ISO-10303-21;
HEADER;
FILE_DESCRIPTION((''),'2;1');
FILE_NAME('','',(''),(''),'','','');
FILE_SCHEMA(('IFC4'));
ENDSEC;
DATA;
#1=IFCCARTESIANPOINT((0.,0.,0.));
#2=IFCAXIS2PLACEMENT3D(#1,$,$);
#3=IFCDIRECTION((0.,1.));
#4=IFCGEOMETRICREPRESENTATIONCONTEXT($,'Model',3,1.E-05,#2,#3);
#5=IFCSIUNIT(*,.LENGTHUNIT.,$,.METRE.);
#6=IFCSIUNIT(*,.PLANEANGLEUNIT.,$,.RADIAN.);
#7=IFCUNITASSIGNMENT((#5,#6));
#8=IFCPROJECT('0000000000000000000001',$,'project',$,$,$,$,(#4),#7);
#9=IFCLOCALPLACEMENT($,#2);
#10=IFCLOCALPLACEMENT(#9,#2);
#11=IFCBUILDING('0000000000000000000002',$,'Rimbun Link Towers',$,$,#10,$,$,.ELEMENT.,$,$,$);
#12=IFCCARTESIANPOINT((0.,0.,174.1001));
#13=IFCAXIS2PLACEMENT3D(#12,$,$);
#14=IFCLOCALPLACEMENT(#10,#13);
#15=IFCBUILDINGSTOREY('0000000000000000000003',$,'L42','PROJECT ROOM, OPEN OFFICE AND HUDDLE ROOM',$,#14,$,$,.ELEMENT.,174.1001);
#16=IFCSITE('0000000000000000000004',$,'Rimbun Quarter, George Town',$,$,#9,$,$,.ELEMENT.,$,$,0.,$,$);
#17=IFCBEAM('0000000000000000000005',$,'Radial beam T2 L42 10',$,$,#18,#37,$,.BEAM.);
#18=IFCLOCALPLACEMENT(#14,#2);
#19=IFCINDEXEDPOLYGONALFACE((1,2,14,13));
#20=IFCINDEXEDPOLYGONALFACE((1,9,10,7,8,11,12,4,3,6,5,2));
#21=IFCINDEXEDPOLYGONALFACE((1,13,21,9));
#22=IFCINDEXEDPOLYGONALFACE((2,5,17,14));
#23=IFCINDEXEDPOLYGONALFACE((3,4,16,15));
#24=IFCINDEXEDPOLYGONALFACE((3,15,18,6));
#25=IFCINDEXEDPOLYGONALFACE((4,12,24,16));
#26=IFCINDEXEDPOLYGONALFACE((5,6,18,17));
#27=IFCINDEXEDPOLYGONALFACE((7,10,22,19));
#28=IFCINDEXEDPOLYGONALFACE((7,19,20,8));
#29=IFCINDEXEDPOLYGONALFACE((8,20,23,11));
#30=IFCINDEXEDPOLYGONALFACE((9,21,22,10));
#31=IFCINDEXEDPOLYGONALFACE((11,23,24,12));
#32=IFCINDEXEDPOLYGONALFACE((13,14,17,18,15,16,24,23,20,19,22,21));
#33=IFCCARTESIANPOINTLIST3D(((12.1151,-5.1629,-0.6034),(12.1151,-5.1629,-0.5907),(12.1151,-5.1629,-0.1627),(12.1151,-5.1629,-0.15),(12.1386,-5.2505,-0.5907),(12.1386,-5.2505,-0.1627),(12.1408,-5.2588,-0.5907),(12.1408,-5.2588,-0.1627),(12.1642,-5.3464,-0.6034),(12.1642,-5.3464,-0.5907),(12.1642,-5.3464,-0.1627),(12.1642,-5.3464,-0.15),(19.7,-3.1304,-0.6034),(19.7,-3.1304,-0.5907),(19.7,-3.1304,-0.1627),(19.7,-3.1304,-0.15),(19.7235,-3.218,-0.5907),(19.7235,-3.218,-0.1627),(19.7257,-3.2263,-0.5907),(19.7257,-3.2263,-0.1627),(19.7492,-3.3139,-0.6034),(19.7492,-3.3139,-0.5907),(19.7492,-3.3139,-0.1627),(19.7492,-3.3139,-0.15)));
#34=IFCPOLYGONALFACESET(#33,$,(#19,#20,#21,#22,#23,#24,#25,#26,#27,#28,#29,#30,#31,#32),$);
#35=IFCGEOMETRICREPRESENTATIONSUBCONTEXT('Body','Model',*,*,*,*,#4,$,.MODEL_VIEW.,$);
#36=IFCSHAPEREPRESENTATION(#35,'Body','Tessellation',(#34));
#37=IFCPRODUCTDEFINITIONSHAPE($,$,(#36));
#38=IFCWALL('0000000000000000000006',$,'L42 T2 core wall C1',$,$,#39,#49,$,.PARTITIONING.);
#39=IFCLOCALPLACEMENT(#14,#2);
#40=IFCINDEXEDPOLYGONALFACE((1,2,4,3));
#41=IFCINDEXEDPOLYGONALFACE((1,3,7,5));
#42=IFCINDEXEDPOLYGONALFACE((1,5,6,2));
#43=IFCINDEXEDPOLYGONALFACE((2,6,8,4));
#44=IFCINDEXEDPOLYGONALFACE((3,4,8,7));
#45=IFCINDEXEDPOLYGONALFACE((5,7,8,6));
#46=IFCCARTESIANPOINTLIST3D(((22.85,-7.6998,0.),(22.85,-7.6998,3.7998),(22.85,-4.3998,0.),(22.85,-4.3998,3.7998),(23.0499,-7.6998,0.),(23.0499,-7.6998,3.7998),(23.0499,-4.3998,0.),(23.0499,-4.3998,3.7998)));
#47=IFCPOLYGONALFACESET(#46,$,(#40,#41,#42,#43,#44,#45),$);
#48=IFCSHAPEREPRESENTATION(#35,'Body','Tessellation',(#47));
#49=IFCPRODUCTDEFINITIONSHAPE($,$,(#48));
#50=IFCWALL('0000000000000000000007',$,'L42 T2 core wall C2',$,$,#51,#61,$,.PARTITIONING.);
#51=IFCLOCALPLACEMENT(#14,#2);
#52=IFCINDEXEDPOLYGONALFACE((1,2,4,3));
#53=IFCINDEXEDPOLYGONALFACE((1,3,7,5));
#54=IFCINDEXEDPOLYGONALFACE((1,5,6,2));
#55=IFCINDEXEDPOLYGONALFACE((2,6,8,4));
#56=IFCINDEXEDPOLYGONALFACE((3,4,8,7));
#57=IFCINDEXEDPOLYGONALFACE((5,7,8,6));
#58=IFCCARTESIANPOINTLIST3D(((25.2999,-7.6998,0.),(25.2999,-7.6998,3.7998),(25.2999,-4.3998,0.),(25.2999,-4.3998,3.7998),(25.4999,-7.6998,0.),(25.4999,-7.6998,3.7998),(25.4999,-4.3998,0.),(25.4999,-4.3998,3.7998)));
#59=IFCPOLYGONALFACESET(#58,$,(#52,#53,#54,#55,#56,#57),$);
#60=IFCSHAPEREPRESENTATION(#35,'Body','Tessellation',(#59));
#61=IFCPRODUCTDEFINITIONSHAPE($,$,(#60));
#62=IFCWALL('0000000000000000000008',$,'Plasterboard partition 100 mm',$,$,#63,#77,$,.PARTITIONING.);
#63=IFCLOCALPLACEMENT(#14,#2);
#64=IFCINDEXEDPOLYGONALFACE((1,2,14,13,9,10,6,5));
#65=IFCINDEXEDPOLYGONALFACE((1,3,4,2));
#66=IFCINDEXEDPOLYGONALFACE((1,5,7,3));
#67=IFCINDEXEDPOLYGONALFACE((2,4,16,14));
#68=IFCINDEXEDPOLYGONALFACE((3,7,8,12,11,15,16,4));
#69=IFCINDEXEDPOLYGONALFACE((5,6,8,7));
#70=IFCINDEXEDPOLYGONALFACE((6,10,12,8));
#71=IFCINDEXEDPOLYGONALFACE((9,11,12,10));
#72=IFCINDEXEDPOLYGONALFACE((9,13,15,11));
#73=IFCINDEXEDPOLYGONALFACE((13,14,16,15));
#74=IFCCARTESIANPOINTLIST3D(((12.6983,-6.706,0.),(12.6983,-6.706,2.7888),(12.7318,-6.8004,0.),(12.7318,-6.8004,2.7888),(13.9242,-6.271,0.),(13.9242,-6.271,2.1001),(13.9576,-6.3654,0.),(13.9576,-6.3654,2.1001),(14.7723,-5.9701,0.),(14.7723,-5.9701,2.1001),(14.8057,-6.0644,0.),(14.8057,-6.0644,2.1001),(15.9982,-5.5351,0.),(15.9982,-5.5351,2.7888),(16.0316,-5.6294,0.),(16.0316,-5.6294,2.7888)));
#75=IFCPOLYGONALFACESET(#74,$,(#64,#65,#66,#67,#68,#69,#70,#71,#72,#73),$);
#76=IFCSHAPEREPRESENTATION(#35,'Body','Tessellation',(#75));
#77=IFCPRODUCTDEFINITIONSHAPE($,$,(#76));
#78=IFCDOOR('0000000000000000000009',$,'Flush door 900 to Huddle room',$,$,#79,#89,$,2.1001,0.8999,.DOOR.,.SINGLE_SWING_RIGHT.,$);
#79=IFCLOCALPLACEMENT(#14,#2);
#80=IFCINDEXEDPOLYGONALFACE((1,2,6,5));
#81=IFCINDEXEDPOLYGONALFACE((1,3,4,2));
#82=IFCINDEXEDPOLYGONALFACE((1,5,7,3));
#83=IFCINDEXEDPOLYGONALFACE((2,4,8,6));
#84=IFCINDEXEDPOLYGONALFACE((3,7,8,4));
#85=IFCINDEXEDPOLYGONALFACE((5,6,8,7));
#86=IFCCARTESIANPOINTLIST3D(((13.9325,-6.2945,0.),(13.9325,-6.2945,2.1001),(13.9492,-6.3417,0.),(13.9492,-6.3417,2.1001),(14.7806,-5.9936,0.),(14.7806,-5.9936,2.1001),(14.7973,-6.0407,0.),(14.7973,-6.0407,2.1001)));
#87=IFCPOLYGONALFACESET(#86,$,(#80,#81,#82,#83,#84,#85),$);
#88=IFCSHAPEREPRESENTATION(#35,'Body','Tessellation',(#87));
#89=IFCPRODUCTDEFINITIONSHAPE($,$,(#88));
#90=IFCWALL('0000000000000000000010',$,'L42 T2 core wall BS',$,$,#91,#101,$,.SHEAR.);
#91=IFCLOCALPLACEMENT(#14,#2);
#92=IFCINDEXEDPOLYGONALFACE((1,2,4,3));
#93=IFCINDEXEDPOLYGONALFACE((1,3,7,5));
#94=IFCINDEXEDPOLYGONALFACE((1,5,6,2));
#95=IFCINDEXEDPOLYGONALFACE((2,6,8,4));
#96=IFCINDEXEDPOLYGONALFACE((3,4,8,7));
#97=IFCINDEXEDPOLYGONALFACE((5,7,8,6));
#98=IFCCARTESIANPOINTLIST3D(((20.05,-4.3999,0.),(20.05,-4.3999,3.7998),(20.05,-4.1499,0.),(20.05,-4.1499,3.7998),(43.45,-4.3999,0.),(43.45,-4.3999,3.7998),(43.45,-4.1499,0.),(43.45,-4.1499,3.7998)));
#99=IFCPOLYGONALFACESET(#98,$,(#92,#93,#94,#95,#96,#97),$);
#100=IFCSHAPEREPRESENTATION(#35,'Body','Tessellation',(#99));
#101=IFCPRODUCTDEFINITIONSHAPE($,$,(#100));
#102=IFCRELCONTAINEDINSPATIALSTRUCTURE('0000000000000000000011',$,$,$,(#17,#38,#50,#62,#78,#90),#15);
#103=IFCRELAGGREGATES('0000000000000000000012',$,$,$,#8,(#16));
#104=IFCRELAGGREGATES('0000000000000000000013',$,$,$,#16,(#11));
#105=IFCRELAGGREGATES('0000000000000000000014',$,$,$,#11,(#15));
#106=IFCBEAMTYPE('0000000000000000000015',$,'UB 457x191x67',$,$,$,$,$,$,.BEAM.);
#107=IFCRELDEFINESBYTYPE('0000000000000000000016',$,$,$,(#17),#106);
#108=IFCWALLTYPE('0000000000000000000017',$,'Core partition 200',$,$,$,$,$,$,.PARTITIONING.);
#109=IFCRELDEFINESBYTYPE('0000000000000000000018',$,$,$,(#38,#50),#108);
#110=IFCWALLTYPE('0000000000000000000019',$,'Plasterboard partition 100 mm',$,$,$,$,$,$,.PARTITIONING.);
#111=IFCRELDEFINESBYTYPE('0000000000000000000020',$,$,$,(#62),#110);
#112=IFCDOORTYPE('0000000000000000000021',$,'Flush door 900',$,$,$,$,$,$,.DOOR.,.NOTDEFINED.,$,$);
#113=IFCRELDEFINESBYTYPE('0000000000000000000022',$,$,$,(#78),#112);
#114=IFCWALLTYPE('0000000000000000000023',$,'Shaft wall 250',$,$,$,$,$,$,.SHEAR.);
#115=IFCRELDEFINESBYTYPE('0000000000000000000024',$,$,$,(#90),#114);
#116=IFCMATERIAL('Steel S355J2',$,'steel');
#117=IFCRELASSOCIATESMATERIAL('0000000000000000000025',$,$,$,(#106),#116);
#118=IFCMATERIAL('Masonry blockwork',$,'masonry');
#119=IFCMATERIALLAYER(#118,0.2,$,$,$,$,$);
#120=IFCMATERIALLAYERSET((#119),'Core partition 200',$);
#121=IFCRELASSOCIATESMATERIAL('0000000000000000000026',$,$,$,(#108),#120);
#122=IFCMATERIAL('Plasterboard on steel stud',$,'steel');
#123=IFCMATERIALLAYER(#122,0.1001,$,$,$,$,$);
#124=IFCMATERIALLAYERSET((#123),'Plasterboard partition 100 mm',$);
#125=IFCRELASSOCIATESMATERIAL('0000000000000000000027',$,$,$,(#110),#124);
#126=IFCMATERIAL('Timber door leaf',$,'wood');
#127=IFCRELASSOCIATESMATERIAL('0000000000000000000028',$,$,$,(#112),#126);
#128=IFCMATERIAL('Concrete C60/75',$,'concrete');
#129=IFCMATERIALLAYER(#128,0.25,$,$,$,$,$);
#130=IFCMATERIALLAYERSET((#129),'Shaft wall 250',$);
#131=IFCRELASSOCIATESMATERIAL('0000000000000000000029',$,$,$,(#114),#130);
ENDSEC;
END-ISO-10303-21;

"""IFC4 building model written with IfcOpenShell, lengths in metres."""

from ifc_helpers import new_model, si_unit, direction, frame, frame_2d, origin, origin_2d, place, context, subcontext, project, spatial, rectangle, i_section, extrude, material, layer, layer_set, material_profile, profile_set, type_object, element, fill, save


model = new_model("IFC4")

# Units and contexts
model_context = context("Model", 3, precision=1e-05, world=origin(), true_north=direction((0.0, 1.0)))
body_context = subcontext(model_context, "Body", "Model", "MODEL_VIEW")
ifc_project = project(units=[si_unit("LENGTHUNIT", "METRE"), si_unit("PLANEANGLEUNIT", "RADIAN")], contexts=[model_context])

# Site, building, storey
site_placement = place(None, origin())
site = spatial("IfcSite", under=ifc_project, at=site_placement, Name="Rimbun Quarter, George Town", CompositionType="ELEMENT", RefElevation=0.0)
building_placement = place(site_placement, origin())
building = spatial("IfcBuilding", under=site, at=building_placement, Name="Rimbun Link Towers", CompositionType="ELEMENT")
storey_placement = place(building_placement, frame((0.0, 0.0, 174.1001)))
storey = spatial("IfcBuildingStorey", under=building, at=storey_placement, Name="L42", Description="PROJECT ROOM, OPEN OFFICE AND HUDDLE ROOM", CompositionType="ELEMENT", Elevation=174.1001)

# Beam
ifc_material_1 = material(Name="Steel S355J2", Category="steel")
ifc_material_profile = material_profile(ifc_material_1, i_section(OverallWidth=0.1899, OverallDepth=0.4534, WebThickness=0.0085, FlangeThickness=0.0127, at=origin_2d()), Name="UB 457x191x67")
ifc_profile_set = profile_set([ifc_material_profile], Name="Steel S355J2")
beam_type = type_object("IfcBeamType", Name="UB 457x191x67", PredefinedType="BEAM", material=ifc_profile_set)
beam_placement = place(storey_placement, frame((19.7246, -3.2222, -0.3767), z_axis=(-0.965923, -0.258829, 0.0), x_axis=(0.258829, -0.965923, 0.0)))
element("IfcBeam", 1, at=beam_placement, inside=storey, type_object=beam_type, Name="Radial beam T2 L42 10", PredefinedType="BEAM", context=body_context, shape_type="SweptSolid", body=[
    extrude(i_section(OverallWidth=0.1899, OverallDepth=0.4534, WebThickness=0.0085, FlangeThickness=0.0127, at=origin_2d()), origin(), (0.0, 0.0, 1.0), 7.8525),
])

# Walls
ifc_material_2 = material(Name="Masonry blockwork", Category="masonry")
ifc_layer_1 = layer(ifc_material_2, 0.2)
ifc_layer_set_1 = layer_set([ifc_layer_1], Name="Core partition 200")
wall_type_1 = type_object("IfcWallType", Name="Core partition 200", PredefinedType="PARTITIONING", material=ifc_layer_set_1)
for number, where, z_axis, x_axis, name in (
    (2, (22.95, -4.3999, 0.0), (0.0, 0.0, 1.0), (0.0, -1.0, 0.0), "L42 T2 core wall C1"),
    (3, (25.3999, -4.3999, 0.0), (0.0, 0.0, 1.0), (0.0, -1.0, 0.0), "L42 T2 core wall C2"),
):
    element("IfcWall", number, at=place(storey_placement, frame(where, z_axis=z_axis, x_axis=x_axis)), inside=storey, type_object=wall_type_1, Name=name, PredefinedType="PARTITIONING", context=body_context, shape_type="SweptSolid", body=[
        extrude(rectangle(XDim=3.3, YDim=0.2, at=frame_2d((1.6499, 0.0))), origin(), (0.0, 0.0, 1.0), 3.7998),
    ])

# Wall, opening, door
ifc_material_3 = material(Name="Plasterboard on steel stud", Category="steel")
ifc_layer_2 = layer(ifc_material_3, 0.1001)
ifc_layer_set_2 = layer_set([ifc_layer_2], Name="Plasterboard partition 100 mm")
wall_type_2 = type_object("IfcWallType", Name="Plasterboard partition 100 mm", PredefinedType="PARTITIONING", material=ifc_layer_set_2)
wall_1_placement = place(storey_placement, frame((16.0149, -5.5823, 0.0), z_axis=(0.0, 0.0, 1.0), x_axis=(-0.942428, -0.33441, 0.0)))
wall_1 = element("IfcWall", 4, at=wall_1_placement, inside=storey, type_object=wall_type_2, Name="Plasterboard partition 100 mm", PredefinedType="PARTITIONING", context=body_context, shape_type="SweptSolid", body=[
    extrude(rectangle(XDim=3.5015, YDim=0.1001, at=frame_2d((1.7507, 0.0))), origin(), (0.0, 0.0, 1.0), 2.7888),
])
opening_1_placement = place(wall_1_placement, frame((1.3008, 0.0, 0.0)))
opening_1 = element("IfcOpeningElement", 5, at=opening_1_placement, cuts=wall_1, PredefinedType="OPENING", context=body_context, shape_type="SweptSolid", body=[
    extrude(rectangle(XDim=0.8999, YDim=2.1001, at=frame_2d((0.45, 1.05))), frame((0.0, 0.0601, 0.0), z_axis=(0.0, -1.0, 0.0), x_axis=(1.0, 0.0, 0.0)), (0.0, 0.0, 1.0), 0.1201),
])
ifc_material_4 = material(Name="Timber door leaf", Category="wood")
door_type_1 = type_object("IfcDoorType", Name="Flush door 900", OperationType="NOTDEFINED", PredefinedType="DOOR", material=ifc_material_4)
door_1_placement = place(opening_1_placement, origin())
door_1 = element("IfcDoor", 6, at=door_1_placement, inside=storey, type_object=door_type_1, Name="Flush door 900 to Huddle room", OperationType="SINGLE_SWING_RIGHT", OverallHeight=2.1001, OverallWidth=0.8999, PredefinedType="DOOR", context=body_context, shape_type="SweptSolid", body=[
    extrude(rectangle(XDim=0.8999, YDim=2.1001, at=frame_2d((0.45, 1.05))), frame((0.0, 0.0249, 0.0), z_axis=(0.0, -1.0, 0.0), x_axis=(1.0, 0.0, 0.0)), (0.0, 0.0, 1.0), 0.05),
])
fill(opening_1, door_1)

# Wall
ifc_material_5 = material(Name="Concrete C60/75", Category="concrete")
ifc_layer_3 = layer(ifc_material_5, 0.25)
ifc_layer_set_3 = layer_set([ifc_layer_3], Name="Shaft wall 250")
wall_type_3 = type_object("IfcWallType", Name="Shaft wall 250", PredefinedType="SHEAR", material=ifc_layer_set_3)
wall_2_placement = place(storey_placement, frame((20.05, -4.2749, 0.0), z_axis=(0.0, 0.0, 1.0), x_axis=(1.0, 0.0, 0.0)))
element("IfcWall", 7, at=wall_2_placement, inside=storey, type_object=wall_type_3, Name="L42 T2 core wall BS", PredefinedType="SHEAR", context=body_context, shape_type="SweptSolid", body=[
    extrude(rectangle(XDim=23.3999, YDim=0.25, at=frame_2d((11.7, 0.0))), origin(), (0.0, 0.0, 1.0), 3.7998),
])

save(model, "model.ifc")
